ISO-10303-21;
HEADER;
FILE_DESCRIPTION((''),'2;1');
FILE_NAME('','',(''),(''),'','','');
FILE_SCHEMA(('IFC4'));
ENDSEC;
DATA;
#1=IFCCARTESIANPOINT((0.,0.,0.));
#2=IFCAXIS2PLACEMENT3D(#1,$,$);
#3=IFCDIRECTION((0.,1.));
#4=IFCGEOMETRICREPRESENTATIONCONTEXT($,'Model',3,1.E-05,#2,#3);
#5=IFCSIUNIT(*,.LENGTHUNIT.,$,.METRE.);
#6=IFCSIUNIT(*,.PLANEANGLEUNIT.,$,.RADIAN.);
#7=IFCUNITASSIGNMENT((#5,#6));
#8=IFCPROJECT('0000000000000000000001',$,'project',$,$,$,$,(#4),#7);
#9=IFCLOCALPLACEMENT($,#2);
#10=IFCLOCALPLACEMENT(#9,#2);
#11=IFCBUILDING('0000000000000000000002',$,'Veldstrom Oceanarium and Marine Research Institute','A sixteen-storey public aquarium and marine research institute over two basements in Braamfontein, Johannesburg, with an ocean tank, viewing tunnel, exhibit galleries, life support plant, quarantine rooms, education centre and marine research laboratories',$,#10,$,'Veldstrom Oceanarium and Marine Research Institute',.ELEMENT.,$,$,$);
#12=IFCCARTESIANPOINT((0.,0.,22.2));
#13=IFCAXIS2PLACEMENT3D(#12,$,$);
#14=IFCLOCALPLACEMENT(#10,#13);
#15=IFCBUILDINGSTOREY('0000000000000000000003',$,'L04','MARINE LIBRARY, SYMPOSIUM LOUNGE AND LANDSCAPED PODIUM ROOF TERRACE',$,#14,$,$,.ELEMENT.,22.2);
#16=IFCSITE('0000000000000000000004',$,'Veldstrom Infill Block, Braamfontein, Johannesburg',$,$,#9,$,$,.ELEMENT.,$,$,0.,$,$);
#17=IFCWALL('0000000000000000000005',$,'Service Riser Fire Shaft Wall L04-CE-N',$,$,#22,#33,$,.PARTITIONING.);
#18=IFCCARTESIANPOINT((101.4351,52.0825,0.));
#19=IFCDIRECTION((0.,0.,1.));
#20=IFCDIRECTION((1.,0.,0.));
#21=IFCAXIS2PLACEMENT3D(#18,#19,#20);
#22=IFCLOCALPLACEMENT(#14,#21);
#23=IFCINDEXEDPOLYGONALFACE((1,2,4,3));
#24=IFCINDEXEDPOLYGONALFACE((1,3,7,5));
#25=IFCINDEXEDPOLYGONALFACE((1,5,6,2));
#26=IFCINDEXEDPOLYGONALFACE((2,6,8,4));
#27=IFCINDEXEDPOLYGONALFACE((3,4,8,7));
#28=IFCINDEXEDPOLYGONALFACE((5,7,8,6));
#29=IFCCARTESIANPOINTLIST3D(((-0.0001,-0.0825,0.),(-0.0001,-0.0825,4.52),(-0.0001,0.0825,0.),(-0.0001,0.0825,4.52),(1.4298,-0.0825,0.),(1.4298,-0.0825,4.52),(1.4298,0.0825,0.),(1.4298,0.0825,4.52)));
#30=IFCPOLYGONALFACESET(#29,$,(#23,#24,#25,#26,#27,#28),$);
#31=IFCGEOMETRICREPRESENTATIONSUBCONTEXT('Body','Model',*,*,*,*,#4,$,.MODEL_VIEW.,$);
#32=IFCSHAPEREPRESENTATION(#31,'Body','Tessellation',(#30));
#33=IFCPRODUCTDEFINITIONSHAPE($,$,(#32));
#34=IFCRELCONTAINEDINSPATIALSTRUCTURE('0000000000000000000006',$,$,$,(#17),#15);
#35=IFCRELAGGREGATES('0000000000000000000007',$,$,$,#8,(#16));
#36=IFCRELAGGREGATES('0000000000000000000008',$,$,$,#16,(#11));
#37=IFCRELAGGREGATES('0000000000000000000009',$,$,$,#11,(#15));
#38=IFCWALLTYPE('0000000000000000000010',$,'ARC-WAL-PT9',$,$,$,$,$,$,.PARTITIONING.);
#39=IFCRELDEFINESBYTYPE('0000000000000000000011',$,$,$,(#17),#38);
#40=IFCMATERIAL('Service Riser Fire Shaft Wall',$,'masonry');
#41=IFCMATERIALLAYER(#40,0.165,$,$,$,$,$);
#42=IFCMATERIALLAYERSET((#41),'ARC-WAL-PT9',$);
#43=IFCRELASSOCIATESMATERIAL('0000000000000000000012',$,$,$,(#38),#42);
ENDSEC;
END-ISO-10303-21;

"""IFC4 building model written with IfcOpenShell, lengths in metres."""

from ifc_helpers import new_model, si_unit, direction, frame, frame_2d, origin, place, context, subcontext, project, spatial, rectangle, extrude, material, layer, layer_set, type_object, element, save


model = new_model("IFC4")

# Units and contexts
model_context = context("Model", 3, precision=1e-05, world=origin(), true_north=direction((0.0, 1.0)))
body_context = subcontext(model_context, "Body", "Model", "MODEL_VIEW")
ifc_project = project(units=[si_unit("LENGTHUNIT", "METRE"), si_unit("PLANEANGLEUNIT", "RADIAN")], contexts=[model_context])

# Site, building, storey
site_placement = place(None, origin())
site = spatial("IfcSite", under=ifc_project, at=site_placement, Name="Veldstrom Infill Block, Braamfontein, Johannesburg", CompositionType="ELEMENT", RefElevation=0.0)
building_placement = place(site_placement, origin())
building = spatial("IfcBuilding", under=site, at=building_placement, Name="Veldstrom Oceanarium and Marine Research Institute", Description="A sixteen-storey public aquarium and marine research institute over two basements in Braamfontein, Johannesburg, with an ocean tank, viewing tunnel, exhibit galleries, life support plant, quarantine rooms, education centre and marine research laboratories", LongName="Veldstrom Oceanarium and Marine Research Institute", CompositionType="ELEMENT")
storey_placement = place(building_placement, frame((0.0, 0.0, 22.2)))
storey = spatial("IfcBuildingStorey", under=building, at=storey_placement, Name="L04", Description="MARINE LIBRARY, SYMPOSIUM LOUNGE AND LANDSCAPED PODIUM ROOF TERRACE", CompositionType="ELEMENT", Elevation=22.2)

# Wall
ifc_material_1 = material(Name="Service Riser Fire Shaft Wall", Category="masonry")
ifc_layer_1 = layer(ifc_material_1, 0.165)
ifc_layer_set_1 = layer_set([ifc_layer_1], Name="ARC-WAL-PT9")
wall_type_1 = type_object("IfcWallType", Name="ARC-WAL-PT9", PredefinedType="PARTITIONING", material=ifc_layer_set_1)
wall_1_placement = place(storey_placement, frame((101.4351, 52.0825, 0.0), z_axis=(0.0, 0.0, 1.0), x_axis=(1.0, 0.0, 0.0)))
element("IfcWall", 1, at=wall_1_placement, inside=storey, type_object=wall_type_1, Name="Service Riser Fire Shaft Wall L04-CE-N", PredefinedType="PARTITIONING", context=body_context, shape_type="SweptSolid", body=[
    extrude(rectangle(XDim=1.4299, YDim=0.165, at=frame_2d((0.7148, 0.0))), origin(), (0.0, 0.0, 1.0), 4.52),
])

save(model, "model.ifc")
